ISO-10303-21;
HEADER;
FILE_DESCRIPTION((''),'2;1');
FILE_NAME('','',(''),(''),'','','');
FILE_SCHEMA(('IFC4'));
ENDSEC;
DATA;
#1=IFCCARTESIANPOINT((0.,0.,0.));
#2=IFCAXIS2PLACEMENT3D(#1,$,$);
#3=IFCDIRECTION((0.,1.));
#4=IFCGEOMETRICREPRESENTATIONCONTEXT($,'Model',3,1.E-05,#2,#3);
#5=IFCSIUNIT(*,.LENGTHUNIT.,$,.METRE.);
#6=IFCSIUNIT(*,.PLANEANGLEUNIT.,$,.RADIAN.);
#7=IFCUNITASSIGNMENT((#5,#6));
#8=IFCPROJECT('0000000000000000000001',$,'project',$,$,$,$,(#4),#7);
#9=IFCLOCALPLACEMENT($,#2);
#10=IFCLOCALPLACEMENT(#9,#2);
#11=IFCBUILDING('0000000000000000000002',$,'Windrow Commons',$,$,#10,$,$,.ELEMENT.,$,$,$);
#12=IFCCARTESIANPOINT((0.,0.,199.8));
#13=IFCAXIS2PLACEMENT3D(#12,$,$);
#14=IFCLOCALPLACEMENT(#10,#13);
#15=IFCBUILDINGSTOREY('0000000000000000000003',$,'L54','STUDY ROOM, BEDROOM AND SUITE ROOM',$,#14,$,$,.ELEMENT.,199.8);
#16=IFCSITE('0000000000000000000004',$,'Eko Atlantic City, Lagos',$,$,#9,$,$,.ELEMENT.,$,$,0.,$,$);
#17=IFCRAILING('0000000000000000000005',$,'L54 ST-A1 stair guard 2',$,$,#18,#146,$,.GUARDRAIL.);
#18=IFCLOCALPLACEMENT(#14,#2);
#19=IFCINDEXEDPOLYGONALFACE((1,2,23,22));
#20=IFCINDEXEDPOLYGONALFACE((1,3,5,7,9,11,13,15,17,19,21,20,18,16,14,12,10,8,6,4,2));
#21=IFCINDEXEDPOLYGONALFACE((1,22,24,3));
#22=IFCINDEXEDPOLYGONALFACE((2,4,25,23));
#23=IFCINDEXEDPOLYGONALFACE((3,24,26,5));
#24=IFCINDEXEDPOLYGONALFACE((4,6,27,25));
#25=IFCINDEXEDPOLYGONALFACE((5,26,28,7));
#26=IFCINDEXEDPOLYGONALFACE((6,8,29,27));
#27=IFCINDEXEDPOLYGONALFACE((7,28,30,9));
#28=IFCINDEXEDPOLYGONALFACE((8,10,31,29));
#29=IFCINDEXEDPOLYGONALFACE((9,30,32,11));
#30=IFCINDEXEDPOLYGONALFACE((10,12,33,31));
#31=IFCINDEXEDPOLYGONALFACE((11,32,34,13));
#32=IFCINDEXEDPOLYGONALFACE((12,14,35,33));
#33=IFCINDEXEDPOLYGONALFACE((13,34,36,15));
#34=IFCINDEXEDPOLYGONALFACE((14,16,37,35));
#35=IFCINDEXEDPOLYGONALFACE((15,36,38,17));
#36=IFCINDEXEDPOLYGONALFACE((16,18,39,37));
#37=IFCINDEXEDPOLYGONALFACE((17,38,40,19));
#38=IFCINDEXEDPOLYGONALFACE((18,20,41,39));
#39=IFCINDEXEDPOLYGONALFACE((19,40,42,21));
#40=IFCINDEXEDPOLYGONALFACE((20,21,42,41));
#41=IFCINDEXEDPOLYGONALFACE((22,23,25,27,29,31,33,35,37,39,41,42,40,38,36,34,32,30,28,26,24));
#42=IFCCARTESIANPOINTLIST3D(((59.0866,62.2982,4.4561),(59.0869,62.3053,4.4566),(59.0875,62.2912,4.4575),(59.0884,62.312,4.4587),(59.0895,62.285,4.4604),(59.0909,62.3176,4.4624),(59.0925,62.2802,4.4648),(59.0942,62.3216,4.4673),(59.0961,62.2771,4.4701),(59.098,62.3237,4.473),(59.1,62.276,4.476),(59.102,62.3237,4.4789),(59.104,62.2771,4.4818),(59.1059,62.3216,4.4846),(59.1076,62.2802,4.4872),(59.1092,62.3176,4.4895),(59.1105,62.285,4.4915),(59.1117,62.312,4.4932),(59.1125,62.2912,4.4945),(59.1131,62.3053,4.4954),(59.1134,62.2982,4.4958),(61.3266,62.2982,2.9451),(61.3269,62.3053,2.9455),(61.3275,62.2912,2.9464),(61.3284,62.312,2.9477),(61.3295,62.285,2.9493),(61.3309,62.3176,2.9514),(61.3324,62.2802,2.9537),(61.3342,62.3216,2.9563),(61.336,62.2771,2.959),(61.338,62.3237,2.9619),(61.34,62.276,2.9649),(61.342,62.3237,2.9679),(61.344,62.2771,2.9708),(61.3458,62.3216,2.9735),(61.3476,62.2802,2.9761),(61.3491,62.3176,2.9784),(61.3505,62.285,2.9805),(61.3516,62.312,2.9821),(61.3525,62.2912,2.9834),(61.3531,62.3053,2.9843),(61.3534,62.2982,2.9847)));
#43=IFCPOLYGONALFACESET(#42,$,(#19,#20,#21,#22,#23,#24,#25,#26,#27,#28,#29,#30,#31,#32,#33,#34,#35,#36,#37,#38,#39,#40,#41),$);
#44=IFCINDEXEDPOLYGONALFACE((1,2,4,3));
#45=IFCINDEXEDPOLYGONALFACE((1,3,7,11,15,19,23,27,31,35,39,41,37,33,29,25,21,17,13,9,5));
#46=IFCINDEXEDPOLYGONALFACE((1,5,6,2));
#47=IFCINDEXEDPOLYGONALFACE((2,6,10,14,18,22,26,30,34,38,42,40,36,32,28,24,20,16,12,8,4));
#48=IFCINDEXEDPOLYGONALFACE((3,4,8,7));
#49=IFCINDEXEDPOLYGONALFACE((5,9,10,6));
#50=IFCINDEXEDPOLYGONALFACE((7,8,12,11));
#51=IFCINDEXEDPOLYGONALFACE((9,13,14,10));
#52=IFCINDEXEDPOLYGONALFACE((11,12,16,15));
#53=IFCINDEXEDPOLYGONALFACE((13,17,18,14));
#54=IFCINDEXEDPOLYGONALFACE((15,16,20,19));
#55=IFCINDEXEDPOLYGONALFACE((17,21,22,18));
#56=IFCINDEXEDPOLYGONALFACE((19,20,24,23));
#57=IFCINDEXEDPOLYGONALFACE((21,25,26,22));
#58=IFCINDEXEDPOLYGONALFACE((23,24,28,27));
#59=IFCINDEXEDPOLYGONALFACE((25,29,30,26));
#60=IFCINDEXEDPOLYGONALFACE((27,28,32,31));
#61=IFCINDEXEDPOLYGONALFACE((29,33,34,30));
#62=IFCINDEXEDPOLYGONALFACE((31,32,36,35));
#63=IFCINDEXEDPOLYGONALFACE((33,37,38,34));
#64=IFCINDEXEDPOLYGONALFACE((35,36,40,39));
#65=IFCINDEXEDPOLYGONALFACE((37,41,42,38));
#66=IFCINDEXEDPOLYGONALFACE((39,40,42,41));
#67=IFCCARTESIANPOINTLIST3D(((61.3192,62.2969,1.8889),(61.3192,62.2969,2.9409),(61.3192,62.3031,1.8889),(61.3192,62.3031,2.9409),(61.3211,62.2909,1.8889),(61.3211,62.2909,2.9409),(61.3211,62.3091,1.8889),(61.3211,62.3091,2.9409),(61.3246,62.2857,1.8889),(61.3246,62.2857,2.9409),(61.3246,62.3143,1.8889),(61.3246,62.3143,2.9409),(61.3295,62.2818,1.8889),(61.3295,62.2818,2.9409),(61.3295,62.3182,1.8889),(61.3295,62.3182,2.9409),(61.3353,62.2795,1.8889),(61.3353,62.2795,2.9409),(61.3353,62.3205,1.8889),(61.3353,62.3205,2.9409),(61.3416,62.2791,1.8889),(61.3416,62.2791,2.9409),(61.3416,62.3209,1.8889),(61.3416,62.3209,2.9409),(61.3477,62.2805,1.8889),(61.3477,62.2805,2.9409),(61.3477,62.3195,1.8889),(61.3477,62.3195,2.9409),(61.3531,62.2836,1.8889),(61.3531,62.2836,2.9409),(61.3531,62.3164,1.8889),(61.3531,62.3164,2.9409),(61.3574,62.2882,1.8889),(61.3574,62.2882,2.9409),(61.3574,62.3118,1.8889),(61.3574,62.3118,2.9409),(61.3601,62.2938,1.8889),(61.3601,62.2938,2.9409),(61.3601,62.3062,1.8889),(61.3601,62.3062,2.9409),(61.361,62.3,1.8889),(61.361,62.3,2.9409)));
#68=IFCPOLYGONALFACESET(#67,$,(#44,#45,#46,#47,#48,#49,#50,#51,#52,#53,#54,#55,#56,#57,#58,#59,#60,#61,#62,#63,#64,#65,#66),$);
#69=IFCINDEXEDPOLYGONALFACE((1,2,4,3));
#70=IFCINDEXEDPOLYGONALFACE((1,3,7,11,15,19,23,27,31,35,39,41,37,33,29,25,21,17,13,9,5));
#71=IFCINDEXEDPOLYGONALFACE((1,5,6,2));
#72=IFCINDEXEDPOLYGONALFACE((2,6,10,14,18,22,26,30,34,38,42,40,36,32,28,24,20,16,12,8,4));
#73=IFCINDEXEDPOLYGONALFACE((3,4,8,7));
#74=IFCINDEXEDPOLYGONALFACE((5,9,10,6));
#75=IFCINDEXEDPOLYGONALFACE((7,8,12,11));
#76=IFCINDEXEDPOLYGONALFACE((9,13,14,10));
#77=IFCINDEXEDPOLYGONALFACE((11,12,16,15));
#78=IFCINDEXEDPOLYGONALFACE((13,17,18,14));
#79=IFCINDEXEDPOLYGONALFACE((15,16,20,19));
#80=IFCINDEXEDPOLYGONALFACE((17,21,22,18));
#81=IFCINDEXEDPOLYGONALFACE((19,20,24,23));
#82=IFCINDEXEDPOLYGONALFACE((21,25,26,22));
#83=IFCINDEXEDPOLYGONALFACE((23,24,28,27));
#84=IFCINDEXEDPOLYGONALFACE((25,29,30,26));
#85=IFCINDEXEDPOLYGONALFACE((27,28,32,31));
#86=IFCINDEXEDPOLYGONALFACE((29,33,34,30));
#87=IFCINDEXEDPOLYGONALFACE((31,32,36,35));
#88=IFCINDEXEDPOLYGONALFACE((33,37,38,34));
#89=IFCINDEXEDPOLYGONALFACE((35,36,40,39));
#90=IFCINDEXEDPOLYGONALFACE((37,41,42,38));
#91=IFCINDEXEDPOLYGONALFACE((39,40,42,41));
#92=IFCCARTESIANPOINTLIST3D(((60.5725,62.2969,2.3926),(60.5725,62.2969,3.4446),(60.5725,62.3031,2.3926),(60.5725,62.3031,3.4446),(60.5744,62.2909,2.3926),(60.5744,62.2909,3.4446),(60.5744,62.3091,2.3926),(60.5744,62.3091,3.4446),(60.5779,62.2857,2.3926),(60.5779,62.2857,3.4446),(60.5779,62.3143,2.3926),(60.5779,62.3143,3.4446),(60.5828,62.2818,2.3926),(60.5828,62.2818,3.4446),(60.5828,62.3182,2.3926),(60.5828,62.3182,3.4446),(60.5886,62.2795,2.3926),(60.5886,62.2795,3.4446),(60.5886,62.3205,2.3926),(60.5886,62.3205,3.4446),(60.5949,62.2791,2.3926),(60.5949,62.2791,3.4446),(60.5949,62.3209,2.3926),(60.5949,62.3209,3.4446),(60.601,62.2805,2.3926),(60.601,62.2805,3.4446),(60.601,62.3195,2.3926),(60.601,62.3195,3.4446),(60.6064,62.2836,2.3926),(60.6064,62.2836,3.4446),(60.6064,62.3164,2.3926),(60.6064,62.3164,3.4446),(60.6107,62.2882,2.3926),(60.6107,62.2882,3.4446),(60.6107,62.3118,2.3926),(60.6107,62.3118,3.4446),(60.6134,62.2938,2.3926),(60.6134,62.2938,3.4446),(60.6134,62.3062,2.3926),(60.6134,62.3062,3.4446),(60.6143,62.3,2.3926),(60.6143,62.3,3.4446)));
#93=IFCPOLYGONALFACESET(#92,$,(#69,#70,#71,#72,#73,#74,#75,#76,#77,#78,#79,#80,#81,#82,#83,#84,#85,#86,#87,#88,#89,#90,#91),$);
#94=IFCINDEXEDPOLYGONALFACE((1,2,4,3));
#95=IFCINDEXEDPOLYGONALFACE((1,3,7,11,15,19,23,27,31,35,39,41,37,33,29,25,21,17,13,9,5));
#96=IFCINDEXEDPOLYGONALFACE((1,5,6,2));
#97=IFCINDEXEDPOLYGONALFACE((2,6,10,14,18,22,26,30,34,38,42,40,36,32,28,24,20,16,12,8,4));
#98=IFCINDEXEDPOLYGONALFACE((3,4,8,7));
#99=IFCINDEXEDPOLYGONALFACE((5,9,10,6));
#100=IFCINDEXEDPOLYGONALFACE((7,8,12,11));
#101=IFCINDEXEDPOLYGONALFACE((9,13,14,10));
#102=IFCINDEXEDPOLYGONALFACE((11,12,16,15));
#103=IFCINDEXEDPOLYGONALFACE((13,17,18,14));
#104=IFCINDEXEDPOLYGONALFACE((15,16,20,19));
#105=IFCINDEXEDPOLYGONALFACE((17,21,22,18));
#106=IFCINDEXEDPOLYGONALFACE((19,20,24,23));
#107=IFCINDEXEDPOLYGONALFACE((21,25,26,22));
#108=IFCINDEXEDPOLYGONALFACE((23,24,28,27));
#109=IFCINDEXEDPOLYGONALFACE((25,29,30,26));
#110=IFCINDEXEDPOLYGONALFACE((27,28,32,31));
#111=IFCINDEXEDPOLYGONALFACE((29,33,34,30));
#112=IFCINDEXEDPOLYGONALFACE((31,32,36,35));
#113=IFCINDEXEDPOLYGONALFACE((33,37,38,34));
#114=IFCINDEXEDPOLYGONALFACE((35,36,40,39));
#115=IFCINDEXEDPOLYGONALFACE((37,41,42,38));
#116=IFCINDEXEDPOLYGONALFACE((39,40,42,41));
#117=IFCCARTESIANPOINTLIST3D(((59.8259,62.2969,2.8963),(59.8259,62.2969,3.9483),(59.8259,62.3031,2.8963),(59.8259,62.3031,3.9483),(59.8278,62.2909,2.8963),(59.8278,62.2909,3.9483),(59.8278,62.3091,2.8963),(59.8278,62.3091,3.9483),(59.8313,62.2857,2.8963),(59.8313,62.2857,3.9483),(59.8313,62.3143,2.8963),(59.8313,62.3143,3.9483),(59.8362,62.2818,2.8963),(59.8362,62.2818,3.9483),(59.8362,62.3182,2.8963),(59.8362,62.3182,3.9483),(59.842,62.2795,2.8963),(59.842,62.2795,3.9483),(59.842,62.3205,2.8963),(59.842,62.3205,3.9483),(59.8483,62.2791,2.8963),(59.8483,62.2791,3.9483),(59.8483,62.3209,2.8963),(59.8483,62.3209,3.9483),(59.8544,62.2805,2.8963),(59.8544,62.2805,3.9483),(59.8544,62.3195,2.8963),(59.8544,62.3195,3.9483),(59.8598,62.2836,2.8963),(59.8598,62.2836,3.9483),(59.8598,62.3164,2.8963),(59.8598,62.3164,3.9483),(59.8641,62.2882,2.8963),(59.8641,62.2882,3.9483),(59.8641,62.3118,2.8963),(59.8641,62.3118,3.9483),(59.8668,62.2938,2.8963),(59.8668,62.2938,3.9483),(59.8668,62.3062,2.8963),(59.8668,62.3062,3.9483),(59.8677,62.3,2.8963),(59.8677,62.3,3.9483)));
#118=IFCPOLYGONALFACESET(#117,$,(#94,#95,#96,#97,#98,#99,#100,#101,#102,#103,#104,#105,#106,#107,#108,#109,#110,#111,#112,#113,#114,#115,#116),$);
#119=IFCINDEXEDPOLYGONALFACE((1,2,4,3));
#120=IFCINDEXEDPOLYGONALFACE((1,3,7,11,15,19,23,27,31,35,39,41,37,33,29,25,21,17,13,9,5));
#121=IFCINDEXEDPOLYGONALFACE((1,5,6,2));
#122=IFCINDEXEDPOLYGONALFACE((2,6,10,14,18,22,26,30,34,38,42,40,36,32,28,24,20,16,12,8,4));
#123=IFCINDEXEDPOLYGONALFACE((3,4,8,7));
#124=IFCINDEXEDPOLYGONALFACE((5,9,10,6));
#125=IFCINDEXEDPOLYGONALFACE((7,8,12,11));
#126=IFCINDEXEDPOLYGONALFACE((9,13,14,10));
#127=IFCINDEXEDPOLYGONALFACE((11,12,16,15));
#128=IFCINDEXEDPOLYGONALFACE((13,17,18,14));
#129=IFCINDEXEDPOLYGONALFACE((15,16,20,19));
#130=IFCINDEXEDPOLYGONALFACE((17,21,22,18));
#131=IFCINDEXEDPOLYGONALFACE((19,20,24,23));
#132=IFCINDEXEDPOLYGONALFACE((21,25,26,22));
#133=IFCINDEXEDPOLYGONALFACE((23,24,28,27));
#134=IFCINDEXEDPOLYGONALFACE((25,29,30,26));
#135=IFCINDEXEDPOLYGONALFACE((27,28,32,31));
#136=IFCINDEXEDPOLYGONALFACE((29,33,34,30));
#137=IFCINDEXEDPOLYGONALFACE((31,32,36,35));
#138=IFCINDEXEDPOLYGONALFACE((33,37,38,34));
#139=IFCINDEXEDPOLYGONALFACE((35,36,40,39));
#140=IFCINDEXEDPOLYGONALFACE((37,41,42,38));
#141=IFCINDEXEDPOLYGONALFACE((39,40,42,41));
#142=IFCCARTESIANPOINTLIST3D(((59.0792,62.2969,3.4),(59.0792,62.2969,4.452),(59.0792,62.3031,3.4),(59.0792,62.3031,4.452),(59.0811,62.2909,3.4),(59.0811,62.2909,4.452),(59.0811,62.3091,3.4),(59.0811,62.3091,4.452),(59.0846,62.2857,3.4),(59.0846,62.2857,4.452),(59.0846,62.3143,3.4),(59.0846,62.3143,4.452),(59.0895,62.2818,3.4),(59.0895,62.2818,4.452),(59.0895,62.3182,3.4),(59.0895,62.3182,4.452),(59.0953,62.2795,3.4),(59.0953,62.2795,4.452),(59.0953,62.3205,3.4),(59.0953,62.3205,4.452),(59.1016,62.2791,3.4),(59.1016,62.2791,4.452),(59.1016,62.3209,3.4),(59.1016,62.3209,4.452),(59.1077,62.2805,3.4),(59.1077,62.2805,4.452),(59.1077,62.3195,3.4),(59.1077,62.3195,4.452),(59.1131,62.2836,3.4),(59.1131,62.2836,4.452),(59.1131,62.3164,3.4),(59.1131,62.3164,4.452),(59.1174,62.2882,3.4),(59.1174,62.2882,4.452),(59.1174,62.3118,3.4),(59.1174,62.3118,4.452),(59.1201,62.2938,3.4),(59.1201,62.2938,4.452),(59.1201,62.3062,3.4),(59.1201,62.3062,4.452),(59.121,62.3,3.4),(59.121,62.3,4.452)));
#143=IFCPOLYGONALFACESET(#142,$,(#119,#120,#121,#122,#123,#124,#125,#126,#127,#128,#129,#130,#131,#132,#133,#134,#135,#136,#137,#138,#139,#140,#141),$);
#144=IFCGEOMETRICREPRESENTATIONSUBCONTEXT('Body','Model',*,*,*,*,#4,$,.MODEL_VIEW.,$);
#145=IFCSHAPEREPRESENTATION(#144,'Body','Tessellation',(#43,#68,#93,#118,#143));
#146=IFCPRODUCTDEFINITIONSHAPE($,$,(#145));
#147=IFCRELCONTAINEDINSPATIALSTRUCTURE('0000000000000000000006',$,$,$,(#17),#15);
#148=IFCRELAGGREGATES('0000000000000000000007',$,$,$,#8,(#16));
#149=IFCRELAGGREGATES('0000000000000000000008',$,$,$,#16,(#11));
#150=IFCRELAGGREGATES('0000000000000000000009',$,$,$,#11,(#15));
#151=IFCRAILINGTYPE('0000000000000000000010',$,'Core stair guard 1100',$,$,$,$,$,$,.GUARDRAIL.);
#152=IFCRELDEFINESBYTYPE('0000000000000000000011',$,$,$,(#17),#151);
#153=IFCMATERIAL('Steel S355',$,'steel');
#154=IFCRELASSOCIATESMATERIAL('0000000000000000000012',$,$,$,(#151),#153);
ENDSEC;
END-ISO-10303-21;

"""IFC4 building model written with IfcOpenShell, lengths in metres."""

from ifc_helpers import new_model, si_unit, direction, frame, origin, origin_2d, place, context, subcontext, project, spatial, circle, extrude, material, type_object, element, save


model = new_model("IFC4")

# Units and contexts
model_context = context("Model", 3, precision=1e-05, world=origin(), true_north=direction((0.0, 1.0)))
body_context = subcontext(model_context, "Body", "Model", "MODEL_VIEW")
ifc_project = project(units=[si_unit("LENGTHUNIT", "METRE"), si_unit("PLANEANGLEUNIT", "RADIAN")], contexts=[model_context])

# Site, building, storey
site_placement = place(None, origin())
site = spatial("IfcSite", under=ifc_project, at=site_placement, Name="Eko Atlantic City, Lagos", CompositionType="ELEMENT", RefElevation=0.0)
building_placement = place(site_placement, origin())
building = spatial("IfcBuilding", under=site, at=building_placement, Name="Windrow Commons", CompositionType="ELEMENT")
storey_placement = place(building_placement, frame((0.0, 0.0, 199.8)))
storey = spatial("IfcBuildingStorey", under=building, at=storey_placement, Name="L54", Description="STUDY ROOM, BEDROOM AND SUITE ROOM", CompositionType="ELEMENT", Elevation=199.8)

# Railing
ifc_material_1 = material(Name="Steel S355", Category="steel")
railing_type_1 = type_object("IfcRailingType", Name="Core stair guard 1100", PredefinedType="GUARDRAIL", material=ifc_material_1)
railing_1_placement = place(storey_placement, frame((61.34, 62.3, 1.8889)))
element("IfcRailing", 1, at=railing_1_placement, inside=storey, type_object=railing_type_1, Name="L54 ST-A1 stair guard 2", PredefinedType="GUARDRAIL", context=body_context, shape_type="SweptSolid", body=[
    extrude(circle(Radius=0.024, at=origin_2d()), frame((0.0, 0.0, 1.076), z_axis=(-0.829003, 0.0, 0.559244), x_axis=(0.0, -1.0, 0.0)), (0.0, 0.0, 1.0), 2.702),
    extrude(circle(Radius=0.021, at=origin_2d()), origin(), (0.0, 0.0, 1.0), 1.052),
    extrude(circle(Radius=0.021, at=origin_2d()), frame((-0.7467, 0.0, 0.5037)), (0.0, 0.0, 1.0), 1.052),
    extrude(circle(Radius=0.021, at=origin_2d()), frame((-1.4933, 0.0, 1.0074)), (0.0, 0.0, 1.0), 1.052),
    extrude(circle(Radius=0.021, at=origin_2d()), frame((-2.24, 0.0, 1.5111)), (0.0, 0.0, 1.0), 1.052),
])

save(model, "model.ifc")
